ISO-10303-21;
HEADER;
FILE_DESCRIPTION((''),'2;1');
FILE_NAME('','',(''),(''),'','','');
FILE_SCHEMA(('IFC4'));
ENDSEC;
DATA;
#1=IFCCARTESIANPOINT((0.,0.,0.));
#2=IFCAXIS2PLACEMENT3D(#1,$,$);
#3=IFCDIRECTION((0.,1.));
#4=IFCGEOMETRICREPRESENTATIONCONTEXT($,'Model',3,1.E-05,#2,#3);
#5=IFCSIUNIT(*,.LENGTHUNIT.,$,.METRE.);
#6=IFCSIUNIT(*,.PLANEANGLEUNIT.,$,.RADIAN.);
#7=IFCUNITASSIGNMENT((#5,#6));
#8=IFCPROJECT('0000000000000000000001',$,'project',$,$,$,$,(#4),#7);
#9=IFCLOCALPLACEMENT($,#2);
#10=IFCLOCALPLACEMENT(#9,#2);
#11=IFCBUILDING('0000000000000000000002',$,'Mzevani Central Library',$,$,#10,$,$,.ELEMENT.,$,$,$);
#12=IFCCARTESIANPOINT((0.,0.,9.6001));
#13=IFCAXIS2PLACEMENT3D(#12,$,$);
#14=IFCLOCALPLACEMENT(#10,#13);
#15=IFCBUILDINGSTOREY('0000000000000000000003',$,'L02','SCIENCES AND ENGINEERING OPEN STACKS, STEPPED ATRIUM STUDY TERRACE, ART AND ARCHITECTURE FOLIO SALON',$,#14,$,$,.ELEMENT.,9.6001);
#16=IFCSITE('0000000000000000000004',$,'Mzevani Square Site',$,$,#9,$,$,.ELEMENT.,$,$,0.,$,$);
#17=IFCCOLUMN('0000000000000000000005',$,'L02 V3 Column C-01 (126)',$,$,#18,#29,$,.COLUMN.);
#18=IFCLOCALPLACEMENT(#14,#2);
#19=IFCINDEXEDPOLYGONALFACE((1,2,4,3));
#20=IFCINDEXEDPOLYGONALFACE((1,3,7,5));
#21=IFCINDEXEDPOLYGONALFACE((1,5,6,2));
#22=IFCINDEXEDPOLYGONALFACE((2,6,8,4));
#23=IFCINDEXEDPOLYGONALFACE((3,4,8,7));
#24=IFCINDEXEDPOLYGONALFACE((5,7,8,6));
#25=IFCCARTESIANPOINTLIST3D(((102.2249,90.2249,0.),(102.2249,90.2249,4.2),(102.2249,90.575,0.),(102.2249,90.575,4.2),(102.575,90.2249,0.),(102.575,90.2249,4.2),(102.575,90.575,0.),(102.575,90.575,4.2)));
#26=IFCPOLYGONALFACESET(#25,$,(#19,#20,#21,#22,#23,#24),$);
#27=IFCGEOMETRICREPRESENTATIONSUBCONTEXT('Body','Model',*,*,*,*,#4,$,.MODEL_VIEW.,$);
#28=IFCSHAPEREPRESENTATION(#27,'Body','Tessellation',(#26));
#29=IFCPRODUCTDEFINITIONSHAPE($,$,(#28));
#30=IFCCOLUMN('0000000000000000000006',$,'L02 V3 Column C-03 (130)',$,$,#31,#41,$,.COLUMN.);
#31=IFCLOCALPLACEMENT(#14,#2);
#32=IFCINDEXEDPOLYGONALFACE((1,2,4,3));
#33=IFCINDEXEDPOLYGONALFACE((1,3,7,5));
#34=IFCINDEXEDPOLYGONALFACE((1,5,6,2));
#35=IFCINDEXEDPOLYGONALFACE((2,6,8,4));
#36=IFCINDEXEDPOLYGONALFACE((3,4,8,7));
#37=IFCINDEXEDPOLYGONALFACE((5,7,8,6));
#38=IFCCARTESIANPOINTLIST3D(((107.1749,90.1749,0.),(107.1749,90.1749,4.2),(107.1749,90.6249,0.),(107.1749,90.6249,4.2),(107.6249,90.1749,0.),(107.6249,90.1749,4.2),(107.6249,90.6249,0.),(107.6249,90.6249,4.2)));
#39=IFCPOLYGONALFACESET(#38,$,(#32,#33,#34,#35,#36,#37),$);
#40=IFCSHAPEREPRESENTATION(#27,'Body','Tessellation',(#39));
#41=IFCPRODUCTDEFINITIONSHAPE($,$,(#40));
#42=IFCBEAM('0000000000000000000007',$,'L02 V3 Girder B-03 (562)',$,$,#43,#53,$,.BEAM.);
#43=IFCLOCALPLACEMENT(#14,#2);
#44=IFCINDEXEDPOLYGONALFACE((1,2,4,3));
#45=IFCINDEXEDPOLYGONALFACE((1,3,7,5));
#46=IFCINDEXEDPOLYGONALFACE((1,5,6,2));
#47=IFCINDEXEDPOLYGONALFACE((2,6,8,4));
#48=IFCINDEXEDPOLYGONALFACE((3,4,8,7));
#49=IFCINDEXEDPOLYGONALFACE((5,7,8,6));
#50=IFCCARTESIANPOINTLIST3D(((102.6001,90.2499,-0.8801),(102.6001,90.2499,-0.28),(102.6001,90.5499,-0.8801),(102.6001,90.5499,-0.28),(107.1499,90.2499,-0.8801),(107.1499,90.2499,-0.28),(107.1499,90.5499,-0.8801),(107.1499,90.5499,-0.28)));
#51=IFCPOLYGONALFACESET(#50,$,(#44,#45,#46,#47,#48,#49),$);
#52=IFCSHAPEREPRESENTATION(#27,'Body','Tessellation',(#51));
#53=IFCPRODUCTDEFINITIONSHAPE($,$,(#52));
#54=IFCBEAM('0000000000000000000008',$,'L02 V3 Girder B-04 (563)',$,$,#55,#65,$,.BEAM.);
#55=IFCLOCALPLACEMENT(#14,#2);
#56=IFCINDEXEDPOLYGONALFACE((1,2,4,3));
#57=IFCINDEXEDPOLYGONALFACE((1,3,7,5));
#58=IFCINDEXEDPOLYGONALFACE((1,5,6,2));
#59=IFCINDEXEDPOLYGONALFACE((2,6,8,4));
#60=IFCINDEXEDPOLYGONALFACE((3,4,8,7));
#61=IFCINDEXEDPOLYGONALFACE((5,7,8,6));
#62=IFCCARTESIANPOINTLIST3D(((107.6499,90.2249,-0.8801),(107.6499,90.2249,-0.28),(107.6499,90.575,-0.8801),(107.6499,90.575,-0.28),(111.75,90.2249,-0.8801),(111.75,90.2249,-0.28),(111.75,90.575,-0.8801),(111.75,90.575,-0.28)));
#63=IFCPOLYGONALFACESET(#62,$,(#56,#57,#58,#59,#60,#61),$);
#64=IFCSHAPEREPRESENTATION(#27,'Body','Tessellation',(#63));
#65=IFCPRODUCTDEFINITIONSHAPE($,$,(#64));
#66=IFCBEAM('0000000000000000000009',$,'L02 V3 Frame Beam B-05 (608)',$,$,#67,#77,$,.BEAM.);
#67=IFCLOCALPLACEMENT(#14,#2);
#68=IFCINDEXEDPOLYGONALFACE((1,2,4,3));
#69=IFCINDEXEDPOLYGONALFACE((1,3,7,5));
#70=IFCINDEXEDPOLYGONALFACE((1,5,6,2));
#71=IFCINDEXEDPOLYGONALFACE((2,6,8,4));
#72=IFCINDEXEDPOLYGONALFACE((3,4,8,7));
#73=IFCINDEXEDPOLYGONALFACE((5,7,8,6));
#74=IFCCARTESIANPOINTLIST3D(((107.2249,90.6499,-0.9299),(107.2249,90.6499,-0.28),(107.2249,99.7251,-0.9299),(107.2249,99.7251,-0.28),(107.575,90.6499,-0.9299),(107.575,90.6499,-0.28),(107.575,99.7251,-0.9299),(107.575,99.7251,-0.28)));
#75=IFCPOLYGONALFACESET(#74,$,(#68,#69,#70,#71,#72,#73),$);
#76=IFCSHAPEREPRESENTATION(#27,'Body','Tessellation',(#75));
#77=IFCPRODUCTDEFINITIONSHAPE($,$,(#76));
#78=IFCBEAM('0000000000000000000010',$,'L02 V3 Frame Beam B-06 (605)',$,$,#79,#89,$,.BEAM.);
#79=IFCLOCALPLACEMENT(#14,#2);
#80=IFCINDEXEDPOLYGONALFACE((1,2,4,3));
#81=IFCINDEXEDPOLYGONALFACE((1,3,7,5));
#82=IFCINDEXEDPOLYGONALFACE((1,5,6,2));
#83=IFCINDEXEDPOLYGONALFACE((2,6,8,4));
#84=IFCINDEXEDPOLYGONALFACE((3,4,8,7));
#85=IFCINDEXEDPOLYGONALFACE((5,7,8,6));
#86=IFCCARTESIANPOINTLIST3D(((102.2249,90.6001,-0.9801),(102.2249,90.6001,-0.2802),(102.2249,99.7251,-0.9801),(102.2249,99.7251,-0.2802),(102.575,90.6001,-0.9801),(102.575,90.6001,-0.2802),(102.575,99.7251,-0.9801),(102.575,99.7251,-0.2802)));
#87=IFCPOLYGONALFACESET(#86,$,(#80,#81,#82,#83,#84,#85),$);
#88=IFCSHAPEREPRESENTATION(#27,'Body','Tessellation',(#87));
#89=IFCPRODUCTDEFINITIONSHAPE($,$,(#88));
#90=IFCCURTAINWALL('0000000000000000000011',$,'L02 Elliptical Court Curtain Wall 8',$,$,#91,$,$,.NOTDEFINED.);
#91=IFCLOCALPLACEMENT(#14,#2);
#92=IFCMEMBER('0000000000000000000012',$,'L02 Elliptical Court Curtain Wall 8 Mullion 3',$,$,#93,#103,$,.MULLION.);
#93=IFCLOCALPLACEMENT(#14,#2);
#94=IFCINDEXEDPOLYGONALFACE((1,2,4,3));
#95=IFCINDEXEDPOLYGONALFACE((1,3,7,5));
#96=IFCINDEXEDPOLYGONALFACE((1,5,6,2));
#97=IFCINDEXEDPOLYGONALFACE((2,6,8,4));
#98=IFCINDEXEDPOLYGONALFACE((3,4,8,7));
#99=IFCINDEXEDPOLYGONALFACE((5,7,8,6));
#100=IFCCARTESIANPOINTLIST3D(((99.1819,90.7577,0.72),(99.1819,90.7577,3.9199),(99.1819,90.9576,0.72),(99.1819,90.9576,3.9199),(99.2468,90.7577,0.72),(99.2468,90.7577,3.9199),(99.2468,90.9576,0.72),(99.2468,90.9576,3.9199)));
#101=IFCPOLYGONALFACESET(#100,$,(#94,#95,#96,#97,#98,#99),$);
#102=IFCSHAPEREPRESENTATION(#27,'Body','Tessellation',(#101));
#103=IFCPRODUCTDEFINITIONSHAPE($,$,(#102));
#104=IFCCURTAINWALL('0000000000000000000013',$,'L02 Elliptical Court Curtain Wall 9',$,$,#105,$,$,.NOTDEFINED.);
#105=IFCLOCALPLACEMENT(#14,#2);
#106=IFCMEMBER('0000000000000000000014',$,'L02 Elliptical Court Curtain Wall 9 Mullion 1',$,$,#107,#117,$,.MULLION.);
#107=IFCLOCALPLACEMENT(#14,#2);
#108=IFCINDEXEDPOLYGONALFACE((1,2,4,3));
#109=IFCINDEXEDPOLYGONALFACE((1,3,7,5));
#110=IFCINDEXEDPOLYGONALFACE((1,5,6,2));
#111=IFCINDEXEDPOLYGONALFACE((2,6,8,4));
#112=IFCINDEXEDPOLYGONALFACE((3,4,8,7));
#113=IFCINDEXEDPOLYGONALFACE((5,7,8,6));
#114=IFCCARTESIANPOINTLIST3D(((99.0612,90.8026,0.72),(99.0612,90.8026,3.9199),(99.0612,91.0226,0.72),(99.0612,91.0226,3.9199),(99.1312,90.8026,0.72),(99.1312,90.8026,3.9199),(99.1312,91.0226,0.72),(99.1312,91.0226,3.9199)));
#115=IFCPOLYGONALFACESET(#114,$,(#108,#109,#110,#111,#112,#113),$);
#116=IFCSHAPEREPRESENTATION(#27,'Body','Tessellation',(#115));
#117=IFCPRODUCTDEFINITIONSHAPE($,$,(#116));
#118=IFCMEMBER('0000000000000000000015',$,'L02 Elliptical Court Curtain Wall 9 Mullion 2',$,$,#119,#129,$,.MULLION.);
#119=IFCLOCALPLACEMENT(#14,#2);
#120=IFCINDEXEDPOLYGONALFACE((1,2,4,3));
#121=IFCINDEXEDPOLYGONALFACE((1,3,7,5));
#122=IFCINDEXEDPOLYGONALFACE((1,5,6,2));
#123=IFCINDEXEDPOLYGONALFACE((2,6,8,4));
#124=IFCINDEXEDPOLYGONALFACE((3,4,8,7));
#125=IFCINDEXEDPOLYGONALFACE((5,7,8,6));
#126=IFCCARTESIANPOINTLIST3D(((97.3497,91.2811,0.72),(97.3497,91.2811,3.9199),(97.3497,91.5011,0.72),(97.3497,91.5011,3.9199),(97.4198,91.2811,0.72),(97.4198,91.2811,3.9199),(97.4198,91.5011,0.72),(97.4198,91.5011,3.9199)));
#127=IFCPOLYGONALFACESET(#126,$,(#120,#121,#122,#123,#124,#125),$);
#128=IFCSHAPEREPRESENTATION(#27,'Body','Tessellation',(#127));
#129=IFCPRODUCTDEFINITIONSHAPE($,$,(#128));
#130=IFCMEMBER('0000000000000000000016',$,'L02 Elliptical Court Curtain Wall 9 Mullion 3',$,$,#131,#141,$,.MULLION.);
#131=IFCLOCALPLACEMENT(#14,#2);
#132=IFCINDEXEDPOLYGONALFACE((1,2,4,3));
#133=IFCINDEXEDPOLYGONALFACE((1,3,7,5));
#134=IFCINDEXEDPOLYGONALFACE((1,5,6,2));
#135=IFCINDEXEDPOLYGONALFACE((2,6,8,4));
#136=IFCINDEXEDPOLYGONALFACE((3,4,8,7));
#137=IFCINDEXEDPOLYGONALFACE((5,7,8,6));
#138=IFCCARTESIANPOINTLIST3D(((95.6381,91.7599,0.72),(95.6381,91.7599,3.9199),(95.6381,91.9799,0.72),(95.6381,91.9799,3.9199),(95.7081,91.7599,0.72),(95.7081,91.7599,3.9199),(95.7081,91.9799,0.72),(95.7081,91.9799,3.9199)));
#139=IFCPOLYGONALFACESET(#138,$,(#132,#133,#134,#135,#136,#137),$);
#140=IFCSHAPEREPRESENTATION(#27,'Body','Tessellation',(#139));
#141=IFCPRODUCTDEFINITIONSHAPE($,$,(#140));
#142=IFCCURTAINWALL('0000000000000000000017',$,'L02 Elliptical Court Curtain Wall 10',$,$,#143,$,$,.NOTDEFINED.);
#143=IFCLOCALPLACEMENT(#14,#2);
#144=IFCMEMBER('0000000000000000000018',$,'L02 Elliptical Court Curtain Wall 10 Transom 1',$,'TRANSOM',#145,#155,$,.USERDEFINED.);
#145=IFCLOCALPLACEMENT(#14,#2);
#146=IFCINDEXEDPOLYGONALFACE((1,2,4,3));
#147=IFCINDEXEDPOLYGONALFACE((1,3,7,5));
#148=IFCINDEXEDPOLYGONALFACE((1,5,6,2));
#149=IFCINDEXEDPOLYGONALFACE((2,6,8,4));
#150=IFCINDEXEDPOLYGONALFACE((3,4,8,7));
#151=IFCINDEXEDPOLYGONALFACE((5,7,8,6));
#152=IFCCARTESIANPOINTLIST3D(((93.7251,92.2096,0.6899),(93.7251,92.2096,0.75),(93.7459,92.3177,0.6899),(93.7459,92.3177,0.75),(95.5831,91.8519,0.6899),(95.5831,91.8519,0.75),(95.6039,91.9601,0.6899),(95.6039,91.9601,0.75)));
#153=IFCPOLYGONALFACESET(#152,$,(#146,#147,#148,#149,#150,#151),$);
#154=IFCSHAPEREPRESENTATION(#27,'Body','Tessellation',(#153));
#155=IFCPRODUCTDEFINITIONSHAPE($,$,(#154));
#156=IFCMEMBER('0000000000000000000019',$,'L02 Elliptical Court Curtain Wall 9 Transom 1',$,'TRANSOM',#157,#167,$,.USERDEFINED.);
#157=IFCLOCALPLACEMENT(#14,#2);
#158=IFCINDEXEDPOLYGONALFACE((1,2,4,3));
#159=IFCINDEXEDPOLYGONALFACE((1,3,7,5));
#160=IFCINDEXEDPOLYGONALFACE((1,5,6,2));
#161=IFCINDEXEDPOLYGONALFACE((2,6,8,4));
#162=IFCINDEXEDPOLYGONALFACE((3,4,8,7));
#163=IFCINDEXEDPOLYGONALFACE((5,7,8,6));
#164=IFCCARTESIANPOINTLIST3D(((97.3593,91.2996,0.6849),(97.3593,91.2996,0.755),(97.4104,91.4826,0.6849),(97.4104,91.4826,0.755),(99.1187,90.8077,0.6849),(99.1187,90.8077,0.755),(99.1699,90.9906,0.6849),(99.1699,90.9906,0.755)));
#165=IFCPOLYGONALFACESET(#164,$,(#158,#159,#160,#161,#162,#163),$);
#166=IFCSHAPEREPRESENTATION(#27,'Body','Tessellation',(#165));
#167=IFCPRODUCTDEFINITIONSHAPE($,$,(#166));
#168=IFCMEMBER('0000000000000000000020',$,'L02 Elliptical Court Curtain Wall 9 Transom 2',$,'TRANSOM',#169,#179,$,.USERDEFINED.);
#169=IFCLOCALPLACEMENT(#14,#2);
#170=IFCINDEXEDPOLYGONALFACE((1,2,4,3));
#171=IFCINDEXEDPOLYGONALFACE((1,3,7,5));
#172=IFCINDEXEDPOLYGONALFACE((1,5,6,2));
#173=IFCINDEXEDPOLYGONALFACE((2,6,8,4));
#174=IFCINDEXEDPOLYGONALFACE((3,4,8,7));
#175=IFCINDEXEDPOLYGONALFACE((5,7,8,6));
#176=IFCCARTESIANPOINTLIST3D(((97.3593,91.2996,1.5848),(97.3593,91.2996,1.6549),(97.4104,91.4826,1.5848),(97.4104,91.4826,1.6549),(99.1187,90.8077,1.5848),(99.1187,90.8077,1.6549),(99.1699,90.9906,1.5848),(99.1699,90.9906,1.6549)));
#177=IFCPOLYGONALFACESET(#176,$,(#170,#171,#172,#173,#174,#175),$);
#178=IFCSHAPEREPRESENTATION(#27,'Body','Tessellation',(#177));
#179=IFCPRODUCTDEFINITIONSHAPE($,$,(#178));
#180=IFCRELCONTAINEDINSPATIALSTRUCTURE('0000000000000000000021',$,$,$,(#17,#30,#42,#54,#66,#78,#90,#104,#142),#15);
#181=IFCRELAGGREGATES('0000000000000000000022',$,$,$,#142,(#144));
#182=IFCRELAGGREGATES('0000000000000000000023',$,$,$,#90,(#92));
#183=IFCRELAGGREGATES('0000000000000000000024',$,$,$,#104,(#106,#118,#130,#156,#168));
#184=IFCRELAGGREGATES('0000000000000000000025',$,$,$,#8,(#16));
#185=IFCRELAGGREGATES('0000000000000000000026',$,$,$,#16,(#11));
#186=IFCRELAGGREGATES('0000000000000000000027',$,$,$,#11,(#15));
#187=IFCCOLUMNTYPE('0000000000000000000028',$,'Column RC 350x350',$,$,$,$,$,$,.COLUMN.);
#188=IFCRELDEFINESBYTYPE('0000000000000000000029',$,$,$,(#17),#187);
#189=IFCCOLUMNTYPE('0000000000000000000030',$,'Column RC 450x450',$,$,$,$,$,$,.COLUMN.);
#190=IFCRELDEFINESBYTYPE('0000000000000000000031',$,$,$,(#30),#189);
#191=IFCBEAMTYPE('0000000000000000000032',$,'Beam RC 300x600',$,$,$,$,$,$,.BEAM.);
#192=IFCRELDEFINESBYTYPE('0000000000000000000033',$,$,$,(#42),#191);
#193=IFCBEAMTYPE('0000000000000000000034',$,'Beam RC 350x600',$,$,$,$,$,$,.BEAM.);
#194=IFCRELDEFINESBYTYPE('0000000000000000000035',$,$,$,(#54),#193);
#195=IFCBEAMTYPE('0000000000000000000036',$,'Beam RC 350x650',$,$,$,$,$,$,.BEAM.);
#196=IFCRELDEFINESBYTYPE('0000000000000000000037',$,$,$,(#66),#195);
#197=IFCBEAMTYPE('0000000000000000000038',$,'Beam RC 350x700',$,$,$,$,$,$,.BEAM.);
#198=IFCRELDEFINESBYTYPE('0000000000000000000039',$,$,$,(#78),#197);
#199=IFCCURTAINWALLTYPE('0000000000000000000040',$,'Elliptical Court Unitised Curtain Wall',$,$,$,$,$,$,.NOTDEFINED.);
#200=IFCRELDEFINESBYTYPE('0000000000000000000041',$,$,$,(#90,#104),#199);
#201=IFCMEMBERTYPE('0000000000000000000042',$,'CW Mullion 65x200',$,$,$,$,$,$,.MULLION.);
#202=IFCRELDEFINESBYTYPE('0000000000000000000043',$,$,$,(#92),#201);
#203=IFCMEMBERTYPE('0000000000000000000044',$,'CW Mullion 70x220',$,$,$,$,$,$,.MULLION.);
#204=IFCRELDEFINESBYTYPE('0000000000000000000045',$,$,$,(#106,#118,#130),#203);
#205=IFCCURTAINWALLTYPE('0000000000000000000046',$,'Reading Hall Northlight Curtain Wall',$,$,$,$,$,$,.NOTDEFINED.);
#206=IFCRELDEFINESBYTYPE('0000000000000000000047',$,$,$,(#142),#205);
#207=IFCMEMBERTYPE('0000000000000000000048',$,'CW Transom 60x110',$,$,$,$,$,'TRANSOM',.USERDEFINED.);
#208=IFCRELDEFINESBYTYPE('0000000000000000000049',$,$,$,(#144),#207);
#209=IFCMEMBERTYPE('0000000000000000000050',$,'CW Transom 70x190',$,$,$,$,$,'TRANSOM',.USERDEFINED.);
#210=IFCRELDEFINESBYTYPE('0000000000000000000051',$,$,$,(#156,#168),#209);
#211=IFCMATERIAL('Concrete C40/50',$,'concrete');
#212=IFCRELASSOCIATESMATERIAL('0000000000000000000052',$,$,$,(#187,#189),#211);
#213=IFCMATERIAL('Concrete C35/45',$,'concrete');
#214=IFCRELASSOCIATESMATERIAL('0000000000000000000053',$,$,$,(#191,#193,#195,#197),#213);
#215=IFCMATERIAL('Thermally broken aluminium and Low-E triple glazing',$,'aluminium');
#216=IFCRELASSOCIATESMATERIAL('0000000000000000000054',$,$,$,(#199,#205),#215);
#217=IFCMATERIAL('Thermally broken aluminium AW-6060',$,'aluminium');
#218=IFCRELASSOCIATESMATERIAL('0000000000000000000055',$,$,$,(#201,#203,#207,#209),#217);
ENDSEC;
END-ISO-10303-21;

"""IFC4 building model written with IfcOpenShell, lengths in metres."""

from ifc_helpers import new_model, si_unit, direction, frame, origin, origin_2d, place, context, subcontext, project, spatial, rectangle, extrude, material, material_profile, profile_set, type_object, element, aggregate, save


model = new_model("IFC4")

# Units and contexts
model_context = context("Model", 3, precision=1e-05, world=origin(), true_north=direction((0.0, 1.0)))
body_context = subcontext(model_context, "Body", "Model", "MODEL_VIEW")
ifc_project = project(units=[si_unit("LENGTHUNIT", "METRE"), si_unit("PLANEANGLEUNIT", "RADIAN")], contexts=[model_context])

# Site, building, storey
site_placement = place(None, origin())
site = spatial("IfcSite", under=ifc_project, at=site_placement, Name="Mzevani Square Site", CompositionType="ELEMENT", RefElevation=0.0)
building_placement = place(site_placement, origin())
building = spatial("IfcBuilding", under=site, at=building_placement, Name="Mzevani Central Library", CompositionType="ELEMENT")
storey_placement = place(building_placement, frame((0.0, 0.0, 9.6001)))
storey = spatial("IfcBuildingStorey", under=building, at=storey_placement, Name="L02", Description="SCIENCES AND ENGINEERING OPEN STACKS, STEPPED ATRIUM STUDY TERRACE, ART AND ARCHITECTURE FOLIO SALON", CompositionType="ELEMENT", Elevation=9.6001)

# Columns
ifc_material_1 = material(Name="Concrete C40/50", Category="concrete")
ifc_material_profile_1 = material_profile(ifc_material_1, rectangle(XDim=0.3501, YDim=0.3501, at=origin_2d()), Name="RC 350x350")
ifc_profile_set_1 = profile_set([ifc_material_profile_1], Name="Concrete C40/50")
column_type_1 = type_object("IfcColumnType", Name="Column RC 350x350", PredefinedType="COLUMN", material=ifc_profile_set_1)
column_1_placement = place(storey_placement, frame((102.3999, 90.3999, 0.0), z_axis=(0.0, 0.0, 1.0), x_axis=(1.0, 0.0, 0.0)))
element("IfcColumn", 1, at=column_1_placement, inside=storey, type_object=column_type_1, Name="L02 V3 Column C-01 (126)", PredefinedType="COLUMN", context=body_context, shape_type="SweptSolid", body=[
    extrude(rectangle(XDim=0.3501, YDim=0.3501, at=origin_2d()), origin(), (0.0, 0.0, 1.0), 4.2),
])
ifc_material_profile_2 = material_profile(ifc_material_1, rectangle(XDim=0.45, YDim=0.45, at=origin_2d()), Name="RC 450x450")
ifc_profile_set_2 = profile_set([ifc_material_profile_2], Name="Concrete C40/50")
column_type_2 = type_object("IfcColumnType", Name="Column RC 450x450", PredefinedType="COLUMN", material=ifc_profile_set_2)
column_2_placement = place(storey_placement, frame((107.3999, 90.3999, 0.0), z_axis=(0.0, 0.0, 1.0), x_axis=(1.0, 0.0, 0.0)))
element("IfcColumn", 2, at=column_2_placement, inside=storey, type_object=column_type_2, Name="L02 V3 Column C-03 (130)", PredefinedType="COLUMN", context=body_context, shape_type="SweptSolid", body=[
    extrude(rectangle(XDim=0.45, YDim=0.45, at=origin_2d()), origin(), (0.0, 0.0, 1.0), 4.2),
])

# Beams
ifc_material_2 = material(Name="Concrete C35/45", Category="concrete")
ifc_material_profile_3 = material_profile(ifc_material_2, rectangle(XDim=0.3, YDim=0.6001, at=origin_2d()), Name="RC B300x600")
ifc_profile_set_3 = profile_set([ifc_material_profile_3], Name="Concrete C35/45")
beam_type_1 = type_object("IfcBeamType", Name="Beam RC 300x600", PredefinedType="BEAM", material=ifc_profile_set_3)
beam_1_placement = place(storey_placement, frame((102.6001, 90.3999, -0.5801), z_axis=(1.0, 0.0, 0.0), x_axis=(0.0, 1.0, 0.0)))
element("IfcBeam", 3, at=beam_1_placement, inside=storey, type_object=beam_type_1, Name="L02 V3 Girder B-03 (562)", PredefinedType="BEAM", context=body_context, shape_type="SweptSolid", body=[
    extrude(rectangle(XDim=0.3, YDim=0.6001, at=origin_2d()), origin(), (0.0, 0.0, 1.0), 4.5498),
])
ifc_material_profile_4 = material_profile(ifc_material_2, rectangle(XDim=0.3501, YDim=0.6001, at=origin_2d()), Name="RC B350x600")
ifc_profile_set_4 = profile_set([ifc_material_profile_4], Name="Concrete C35/45")
beam_type_2 = type_object("IfcBeamType", Name="Beam RC 350x600", PredefinedType="BEAM", material=ifc_profile_set_4)
beam_2_placement = place(storey_placement, frame((107.6499, 90.3999, -0.5801), z_axis=(1.0, 0.0, 0.0), x_axis=(0.0, 1.0, 0.0)))
element("IfcBeam", 4, at=beam_2_placement, inside=storey, type_object=beam_type_2, Name="L02 V3 Girder B-04 (563)", PredefinedType="BEAM", context=body_context, shape_type="SweptSolid", body=[
    extrude(rectangle(XDim=0.3501, YDim=0.6001, at=origin_2d()), origin(), (0.0, 0.0, 1.0), 4.1001),
])
ifc_material_profile_5 = material_profile(ifc_material_2, rectangle(XDim=0.3501, YDim=0.6499, at=origin_2d()), Name="RC B350x650")
ifc_profile_set_5 = profile_set([ifc_material_profile_5], Name="Concrete C35/45")
beam_type_3 = type_object("IfcBeamType", Name="Beam RC 350x650", PredefinedType="BEAM", material=ifc_profile_set_5)
beam_3_placement = place(storey_placement, frame((107.3999, 90.6499, -0.605), z_axis=(0.0, 1.0, 0.0), x_axis=(-1.0, 0.0, 0.0)))
element("IfcBeam", 5, at=beam_3_placement, inside=storey, type_object=beam_type_3, Name="L02 V3 Frame Beam B-05 (608)", PredefinedType="BEAM", context=body_context, shape_type="SweptSolid", body=[
    extrude(rectangle(XDim=0.3501, YDim=0.6499, at=origin_2d()), origin(), (0.0, 0.0, 1.0), 9.0752),
])
ifc_material_profile_6 = material_profile(ifc_material_2, rectangle(XDim=0.3501, YDim=0.7, at=origin_2d()), Name="RC B350x700")
ifc_profile_set_6 = profile_set([ifc_material_profile_6], Name="Concrete C35/45")
beam_type_4 = type_object("IfcBeamType", Name="Beam RC 350x700", PredefinedType="BEAM", material=ifc_profile_set_6)
beam_4_placement = place(storey_placement, frame((102.3999, 90.6001, -0.6301), z_axis=(0.0, 1.0, 0.0), x_axis=(-1.0, 0.0, 0.0)))
element("IfcBeam", 6, at=beam_4_placement, inside=storey, type_object=beam_type_4, Name="L02 V3 Frame Beam B-06 (605)", PredefinedType="BEAM", context=body_context, shape_type="SweptSolid", body=[
    extrude(rectangle(XDim=0.3501, YDim=0.7, at=origin_2d()), origin(), (0.0, 0.0, 1.0), 9.125),
])

# Curtain wall, member
ifc_material_3 = material(Name="Thermally broken aluminium and Low-E triple glazing", Category="aluminium")
curtain_wall_type_1 = type_object("IfcCurtainWallType", Name="Elliptical Court Unitised Curtain Wall", PredefinedType="NOTDEFINED", material=ifc_material_3)
curtain_wall_1_placement = place(storey_placement, origin())
curtain_wall_1 = element("IfcCurtainWall", 7, at=curtain_wall_1_placement, inside=storey, type_object=curtain_wall_type_1, Name="L02 Elliptical Court Curtain Wall 8", PredefinedType="NOTDEFINED")
ifc_material_4 = material(Name="Thermally broken aluminium AW-6060", Category="aluminium")
ifc_material_profile_7 = material_profile(ifc_material_4, rectangle(XDim=0.0649, YDim=0.2, at=origin_2d()), Name="ALU M65x200")
ifc_profile_set_7 = profile_set([ifc_material_profile_7], Name="Thermally broken aluminium AW-6060")
member_type_1 = type_object("IfcMemberType", Name="CW Mullion 65x200", PredefinedType="MULLION", material=ifc_profile_set_7)
member_1_placement = place(storey_placement, frame((99.2144, 90.8577, 0.72), z_axis=(0.0, 0.0, 1.0), x_axis=(1.0, 0.0, 0.0)))
member_1 = element("IfcMember", 8, at=member_1_placement, type_object=member_type_1, Name="L02 Elliptical Court Curtain Wall 8 Mullion 3", PredefinedType="MULLION", context=body_context, shape_type="SweptSolid", body=[
    extrude(rectangle(XDim=0.0649, YDim=0.2, at=origin_2d()), origin(), (0.0, 0.0, 1.0), 3.2),
])

# Curtain wall, members
curtain_wall_2_placement = place(storey_placement, origin())
curtain_wall_2 = element("IfcCurtainWall", 9, at=curtain_wall_2_placement, inside=storey, type_object=curtain_wall_type_1, Name="L02 Elliptical Court Curtain Wall 9", PredefinedType="NOTDEFINED")
ifc_material_profile_8 = material_profile(ifc_material_4, rectangle(XDim=0.0701, YDim=0.22, at=origin_2d()), Name="ALU M70x220")
ifc_profile_set_8 = profile_set([ifc_material_profile_8], Name="Thermally broken aluminium AW-6060")
member_type_2 = type_object("IfcMemberType", Name="CW Mullion 70x220", PredefinedType="MULLION", material=ifc_profile_set_8)
member_2_placement = place(storey_placement, frame((99.0962, 90.9126, 0.72), z_axis=(0.0, 0.0, 1.0), x_axis=(1.0, 0.0, 0.0)))
member_2 = element("IfcMember", 10, at=member_2_placement, type_object=member_type_2, Name="L02 Elliptical Court Curtain Wall 9 Mullion 1", PredefinedType="MULLION", context=body_context, shape_type="SweptSolid", body=[
    extrude(rectangle(XDim=0.0701, YDim=0.22, at=origin_2d()), origin(), (0.0, 0.0, 1.0), 3.2),
])
member_3_placement = place(storey_placement, frame((97.3848, 91.3911, 0.72), z_axis=(0.0, 0.0, 1.0), x_axis=(1.0, 0.0, 0.0)))
member_3 = element("IfcMember", 11, at=member_3_placement, type_object=member_type_2, Name="L02 Elliptical Court Curtain Wall 9 Mullion 2", PredefinedType="MULLION", context=body_context, shape_type="SweptSolid", body=[
    extrude(rectangle(XDim=0.0701, YDim=0.22, at=origin_2d()), origin(), (0.0, 0.0, 1.0), 3.2),
])
member_4_placement = place(storey_placement, frame((95.6731, 91.8699, 0.72), z_axis=(0.0, 0.0, 1.0), x_axis=(1.0, 0.0, 0.0)))
member_4 = element("IfcMember", 12, at=member_4_placement, type_object=member_type_2, Name="L02 Elliptical Court Curtain Wall 9 Mullion 3", PredefinedType="MULLION", context=body_context, shape_type="SweptSolid", body=[
    extrude(rectangle(XDim=0.0701, YDim=0.22, at=origin_2d()), origin(), (0.0, 0.0, 1.0), 3.2),
])

# Curtain wall, member
curtain_wall_type_2 = type_object("IfcCurtainWallType", Name="Reading Hall Northlight Curtain Wall", PredefinedType="NOTDEFINED", material=ifc_material_3)
curtain_wall_3_placement = place(storey_placement, origin())
curtain_wall_3 = element("IfcCurtainWall", 13, at=curtain_wall_3_placement, inside=storey, type_object=curtain_wall_type_2, Name="L02 Elliptical Court Curtain Wall 10", PredefinedType="NOTDEFINED")
ifc_material_profile_9 = material_profile(ifc_material_4, rectangle(XDim=0.1101, YDim=0.0601, at=origin_2d()), Name="ALU T60x110")
ifc_profile_set_9 = profile_set([ifc_material_profile_9], Name="Thermally broken aluminium AW-6060")
member_type_3 = type_object("IfcMemberType", Name="CW Transom 60x110", ElementType="TRANSOM", PredefinedType="USERDEFINED", material=ifc_profile_set_9)
member_5_placement = place(storey_placement, frame((95.5935, 91.906, 0.72), z_axis=(-0.98197, 0.189039, 0.0), x_axis=(-0.189039, -0.98197, 0.0)))
member_5 = element("IfcMember", 14, at=member_5_placement, type_object=member_type_3, Name="L02 Elliptical Court Curtain Wall 10 Transom 1", ObjectType="TRANSOM", PredefinedType="USERDEFINED", context=body_context, shape_type="SweptSolid", body=[
    extrude(rectangle(XDim=0.1101, YDim=0.0601, at=origin_2d()), origin(), (0.0, 0.0, 1.0), 1.8921),
])
aggregate(curtain_wall_3, [member_5])

# Members
ifc_material_profile_10 = material_profile(ifc_material_4, rectangle(XDim=0.1899, YDim=0.0701, at=origin_2d()), Name="ALU T70x190")
ifc_profile_set_10 = profile_set([ifc_material_profile_10], Name="Thermally broken aluminium AW-6060")
member_type_4 = type_object("IfcMemberType", Name="CW Transom 70x190", ElementType="TRANSOM", PredefinedType="USERDEFINED", material=ifc_profile_set_10)
member_6_placement = place(storey_placement, frame((99.1443, 90.8992, 0.72), z_axis=(-0.963067, 0.269263, 0.0), x_axis=(-0.269263, -0.963067, 0.0)))
member_6 = element("IfcMember", 15, at=member_6_placement, type_object=member_type_4, Name="L02 Elliptical Court Curtain Wall 9 Transom 1", ObjectType="TRANSOM", PredefinedType="USERDEFINED", context=body_context, shape_type="SweptSolid", body=[
    extrude(rectangle(XDim=0.1899, YDim=0.0701, at=origin_2d()), origin(), (0.0, 0.0, 1.0), 1.8269),
])
member_7_placement = place(storey_placement, frame((99.1443, 90.8992, 1.6199), z_axis=(-0.963067, 0.269263, 0.0), x_axis=(-0.269263, -0.963067, 0.0)))
member_7 = element("IfcMember", 16, at=member_7_placement, type_object=member_type_4, Name="L02 Elliptical Court Curtain Wall 9 Transom 2", ObjectType="TRANSOM", PredefinedType="USERDEFINED", context=body_context, shape_type="SweptSolid", body=[
    extrude(rectangle(XDim=0.1899, YDim=0.0701, at=origin_2d()), origin(), (0.0, 0.0, 1.0), 1.8269),
])

aggregate(curtain_wall_1, [member_1])
aggregate(curtain_wall_2, [member_2, member_3, member_4, member_6, member_7])

save(model, "model.ifc")
